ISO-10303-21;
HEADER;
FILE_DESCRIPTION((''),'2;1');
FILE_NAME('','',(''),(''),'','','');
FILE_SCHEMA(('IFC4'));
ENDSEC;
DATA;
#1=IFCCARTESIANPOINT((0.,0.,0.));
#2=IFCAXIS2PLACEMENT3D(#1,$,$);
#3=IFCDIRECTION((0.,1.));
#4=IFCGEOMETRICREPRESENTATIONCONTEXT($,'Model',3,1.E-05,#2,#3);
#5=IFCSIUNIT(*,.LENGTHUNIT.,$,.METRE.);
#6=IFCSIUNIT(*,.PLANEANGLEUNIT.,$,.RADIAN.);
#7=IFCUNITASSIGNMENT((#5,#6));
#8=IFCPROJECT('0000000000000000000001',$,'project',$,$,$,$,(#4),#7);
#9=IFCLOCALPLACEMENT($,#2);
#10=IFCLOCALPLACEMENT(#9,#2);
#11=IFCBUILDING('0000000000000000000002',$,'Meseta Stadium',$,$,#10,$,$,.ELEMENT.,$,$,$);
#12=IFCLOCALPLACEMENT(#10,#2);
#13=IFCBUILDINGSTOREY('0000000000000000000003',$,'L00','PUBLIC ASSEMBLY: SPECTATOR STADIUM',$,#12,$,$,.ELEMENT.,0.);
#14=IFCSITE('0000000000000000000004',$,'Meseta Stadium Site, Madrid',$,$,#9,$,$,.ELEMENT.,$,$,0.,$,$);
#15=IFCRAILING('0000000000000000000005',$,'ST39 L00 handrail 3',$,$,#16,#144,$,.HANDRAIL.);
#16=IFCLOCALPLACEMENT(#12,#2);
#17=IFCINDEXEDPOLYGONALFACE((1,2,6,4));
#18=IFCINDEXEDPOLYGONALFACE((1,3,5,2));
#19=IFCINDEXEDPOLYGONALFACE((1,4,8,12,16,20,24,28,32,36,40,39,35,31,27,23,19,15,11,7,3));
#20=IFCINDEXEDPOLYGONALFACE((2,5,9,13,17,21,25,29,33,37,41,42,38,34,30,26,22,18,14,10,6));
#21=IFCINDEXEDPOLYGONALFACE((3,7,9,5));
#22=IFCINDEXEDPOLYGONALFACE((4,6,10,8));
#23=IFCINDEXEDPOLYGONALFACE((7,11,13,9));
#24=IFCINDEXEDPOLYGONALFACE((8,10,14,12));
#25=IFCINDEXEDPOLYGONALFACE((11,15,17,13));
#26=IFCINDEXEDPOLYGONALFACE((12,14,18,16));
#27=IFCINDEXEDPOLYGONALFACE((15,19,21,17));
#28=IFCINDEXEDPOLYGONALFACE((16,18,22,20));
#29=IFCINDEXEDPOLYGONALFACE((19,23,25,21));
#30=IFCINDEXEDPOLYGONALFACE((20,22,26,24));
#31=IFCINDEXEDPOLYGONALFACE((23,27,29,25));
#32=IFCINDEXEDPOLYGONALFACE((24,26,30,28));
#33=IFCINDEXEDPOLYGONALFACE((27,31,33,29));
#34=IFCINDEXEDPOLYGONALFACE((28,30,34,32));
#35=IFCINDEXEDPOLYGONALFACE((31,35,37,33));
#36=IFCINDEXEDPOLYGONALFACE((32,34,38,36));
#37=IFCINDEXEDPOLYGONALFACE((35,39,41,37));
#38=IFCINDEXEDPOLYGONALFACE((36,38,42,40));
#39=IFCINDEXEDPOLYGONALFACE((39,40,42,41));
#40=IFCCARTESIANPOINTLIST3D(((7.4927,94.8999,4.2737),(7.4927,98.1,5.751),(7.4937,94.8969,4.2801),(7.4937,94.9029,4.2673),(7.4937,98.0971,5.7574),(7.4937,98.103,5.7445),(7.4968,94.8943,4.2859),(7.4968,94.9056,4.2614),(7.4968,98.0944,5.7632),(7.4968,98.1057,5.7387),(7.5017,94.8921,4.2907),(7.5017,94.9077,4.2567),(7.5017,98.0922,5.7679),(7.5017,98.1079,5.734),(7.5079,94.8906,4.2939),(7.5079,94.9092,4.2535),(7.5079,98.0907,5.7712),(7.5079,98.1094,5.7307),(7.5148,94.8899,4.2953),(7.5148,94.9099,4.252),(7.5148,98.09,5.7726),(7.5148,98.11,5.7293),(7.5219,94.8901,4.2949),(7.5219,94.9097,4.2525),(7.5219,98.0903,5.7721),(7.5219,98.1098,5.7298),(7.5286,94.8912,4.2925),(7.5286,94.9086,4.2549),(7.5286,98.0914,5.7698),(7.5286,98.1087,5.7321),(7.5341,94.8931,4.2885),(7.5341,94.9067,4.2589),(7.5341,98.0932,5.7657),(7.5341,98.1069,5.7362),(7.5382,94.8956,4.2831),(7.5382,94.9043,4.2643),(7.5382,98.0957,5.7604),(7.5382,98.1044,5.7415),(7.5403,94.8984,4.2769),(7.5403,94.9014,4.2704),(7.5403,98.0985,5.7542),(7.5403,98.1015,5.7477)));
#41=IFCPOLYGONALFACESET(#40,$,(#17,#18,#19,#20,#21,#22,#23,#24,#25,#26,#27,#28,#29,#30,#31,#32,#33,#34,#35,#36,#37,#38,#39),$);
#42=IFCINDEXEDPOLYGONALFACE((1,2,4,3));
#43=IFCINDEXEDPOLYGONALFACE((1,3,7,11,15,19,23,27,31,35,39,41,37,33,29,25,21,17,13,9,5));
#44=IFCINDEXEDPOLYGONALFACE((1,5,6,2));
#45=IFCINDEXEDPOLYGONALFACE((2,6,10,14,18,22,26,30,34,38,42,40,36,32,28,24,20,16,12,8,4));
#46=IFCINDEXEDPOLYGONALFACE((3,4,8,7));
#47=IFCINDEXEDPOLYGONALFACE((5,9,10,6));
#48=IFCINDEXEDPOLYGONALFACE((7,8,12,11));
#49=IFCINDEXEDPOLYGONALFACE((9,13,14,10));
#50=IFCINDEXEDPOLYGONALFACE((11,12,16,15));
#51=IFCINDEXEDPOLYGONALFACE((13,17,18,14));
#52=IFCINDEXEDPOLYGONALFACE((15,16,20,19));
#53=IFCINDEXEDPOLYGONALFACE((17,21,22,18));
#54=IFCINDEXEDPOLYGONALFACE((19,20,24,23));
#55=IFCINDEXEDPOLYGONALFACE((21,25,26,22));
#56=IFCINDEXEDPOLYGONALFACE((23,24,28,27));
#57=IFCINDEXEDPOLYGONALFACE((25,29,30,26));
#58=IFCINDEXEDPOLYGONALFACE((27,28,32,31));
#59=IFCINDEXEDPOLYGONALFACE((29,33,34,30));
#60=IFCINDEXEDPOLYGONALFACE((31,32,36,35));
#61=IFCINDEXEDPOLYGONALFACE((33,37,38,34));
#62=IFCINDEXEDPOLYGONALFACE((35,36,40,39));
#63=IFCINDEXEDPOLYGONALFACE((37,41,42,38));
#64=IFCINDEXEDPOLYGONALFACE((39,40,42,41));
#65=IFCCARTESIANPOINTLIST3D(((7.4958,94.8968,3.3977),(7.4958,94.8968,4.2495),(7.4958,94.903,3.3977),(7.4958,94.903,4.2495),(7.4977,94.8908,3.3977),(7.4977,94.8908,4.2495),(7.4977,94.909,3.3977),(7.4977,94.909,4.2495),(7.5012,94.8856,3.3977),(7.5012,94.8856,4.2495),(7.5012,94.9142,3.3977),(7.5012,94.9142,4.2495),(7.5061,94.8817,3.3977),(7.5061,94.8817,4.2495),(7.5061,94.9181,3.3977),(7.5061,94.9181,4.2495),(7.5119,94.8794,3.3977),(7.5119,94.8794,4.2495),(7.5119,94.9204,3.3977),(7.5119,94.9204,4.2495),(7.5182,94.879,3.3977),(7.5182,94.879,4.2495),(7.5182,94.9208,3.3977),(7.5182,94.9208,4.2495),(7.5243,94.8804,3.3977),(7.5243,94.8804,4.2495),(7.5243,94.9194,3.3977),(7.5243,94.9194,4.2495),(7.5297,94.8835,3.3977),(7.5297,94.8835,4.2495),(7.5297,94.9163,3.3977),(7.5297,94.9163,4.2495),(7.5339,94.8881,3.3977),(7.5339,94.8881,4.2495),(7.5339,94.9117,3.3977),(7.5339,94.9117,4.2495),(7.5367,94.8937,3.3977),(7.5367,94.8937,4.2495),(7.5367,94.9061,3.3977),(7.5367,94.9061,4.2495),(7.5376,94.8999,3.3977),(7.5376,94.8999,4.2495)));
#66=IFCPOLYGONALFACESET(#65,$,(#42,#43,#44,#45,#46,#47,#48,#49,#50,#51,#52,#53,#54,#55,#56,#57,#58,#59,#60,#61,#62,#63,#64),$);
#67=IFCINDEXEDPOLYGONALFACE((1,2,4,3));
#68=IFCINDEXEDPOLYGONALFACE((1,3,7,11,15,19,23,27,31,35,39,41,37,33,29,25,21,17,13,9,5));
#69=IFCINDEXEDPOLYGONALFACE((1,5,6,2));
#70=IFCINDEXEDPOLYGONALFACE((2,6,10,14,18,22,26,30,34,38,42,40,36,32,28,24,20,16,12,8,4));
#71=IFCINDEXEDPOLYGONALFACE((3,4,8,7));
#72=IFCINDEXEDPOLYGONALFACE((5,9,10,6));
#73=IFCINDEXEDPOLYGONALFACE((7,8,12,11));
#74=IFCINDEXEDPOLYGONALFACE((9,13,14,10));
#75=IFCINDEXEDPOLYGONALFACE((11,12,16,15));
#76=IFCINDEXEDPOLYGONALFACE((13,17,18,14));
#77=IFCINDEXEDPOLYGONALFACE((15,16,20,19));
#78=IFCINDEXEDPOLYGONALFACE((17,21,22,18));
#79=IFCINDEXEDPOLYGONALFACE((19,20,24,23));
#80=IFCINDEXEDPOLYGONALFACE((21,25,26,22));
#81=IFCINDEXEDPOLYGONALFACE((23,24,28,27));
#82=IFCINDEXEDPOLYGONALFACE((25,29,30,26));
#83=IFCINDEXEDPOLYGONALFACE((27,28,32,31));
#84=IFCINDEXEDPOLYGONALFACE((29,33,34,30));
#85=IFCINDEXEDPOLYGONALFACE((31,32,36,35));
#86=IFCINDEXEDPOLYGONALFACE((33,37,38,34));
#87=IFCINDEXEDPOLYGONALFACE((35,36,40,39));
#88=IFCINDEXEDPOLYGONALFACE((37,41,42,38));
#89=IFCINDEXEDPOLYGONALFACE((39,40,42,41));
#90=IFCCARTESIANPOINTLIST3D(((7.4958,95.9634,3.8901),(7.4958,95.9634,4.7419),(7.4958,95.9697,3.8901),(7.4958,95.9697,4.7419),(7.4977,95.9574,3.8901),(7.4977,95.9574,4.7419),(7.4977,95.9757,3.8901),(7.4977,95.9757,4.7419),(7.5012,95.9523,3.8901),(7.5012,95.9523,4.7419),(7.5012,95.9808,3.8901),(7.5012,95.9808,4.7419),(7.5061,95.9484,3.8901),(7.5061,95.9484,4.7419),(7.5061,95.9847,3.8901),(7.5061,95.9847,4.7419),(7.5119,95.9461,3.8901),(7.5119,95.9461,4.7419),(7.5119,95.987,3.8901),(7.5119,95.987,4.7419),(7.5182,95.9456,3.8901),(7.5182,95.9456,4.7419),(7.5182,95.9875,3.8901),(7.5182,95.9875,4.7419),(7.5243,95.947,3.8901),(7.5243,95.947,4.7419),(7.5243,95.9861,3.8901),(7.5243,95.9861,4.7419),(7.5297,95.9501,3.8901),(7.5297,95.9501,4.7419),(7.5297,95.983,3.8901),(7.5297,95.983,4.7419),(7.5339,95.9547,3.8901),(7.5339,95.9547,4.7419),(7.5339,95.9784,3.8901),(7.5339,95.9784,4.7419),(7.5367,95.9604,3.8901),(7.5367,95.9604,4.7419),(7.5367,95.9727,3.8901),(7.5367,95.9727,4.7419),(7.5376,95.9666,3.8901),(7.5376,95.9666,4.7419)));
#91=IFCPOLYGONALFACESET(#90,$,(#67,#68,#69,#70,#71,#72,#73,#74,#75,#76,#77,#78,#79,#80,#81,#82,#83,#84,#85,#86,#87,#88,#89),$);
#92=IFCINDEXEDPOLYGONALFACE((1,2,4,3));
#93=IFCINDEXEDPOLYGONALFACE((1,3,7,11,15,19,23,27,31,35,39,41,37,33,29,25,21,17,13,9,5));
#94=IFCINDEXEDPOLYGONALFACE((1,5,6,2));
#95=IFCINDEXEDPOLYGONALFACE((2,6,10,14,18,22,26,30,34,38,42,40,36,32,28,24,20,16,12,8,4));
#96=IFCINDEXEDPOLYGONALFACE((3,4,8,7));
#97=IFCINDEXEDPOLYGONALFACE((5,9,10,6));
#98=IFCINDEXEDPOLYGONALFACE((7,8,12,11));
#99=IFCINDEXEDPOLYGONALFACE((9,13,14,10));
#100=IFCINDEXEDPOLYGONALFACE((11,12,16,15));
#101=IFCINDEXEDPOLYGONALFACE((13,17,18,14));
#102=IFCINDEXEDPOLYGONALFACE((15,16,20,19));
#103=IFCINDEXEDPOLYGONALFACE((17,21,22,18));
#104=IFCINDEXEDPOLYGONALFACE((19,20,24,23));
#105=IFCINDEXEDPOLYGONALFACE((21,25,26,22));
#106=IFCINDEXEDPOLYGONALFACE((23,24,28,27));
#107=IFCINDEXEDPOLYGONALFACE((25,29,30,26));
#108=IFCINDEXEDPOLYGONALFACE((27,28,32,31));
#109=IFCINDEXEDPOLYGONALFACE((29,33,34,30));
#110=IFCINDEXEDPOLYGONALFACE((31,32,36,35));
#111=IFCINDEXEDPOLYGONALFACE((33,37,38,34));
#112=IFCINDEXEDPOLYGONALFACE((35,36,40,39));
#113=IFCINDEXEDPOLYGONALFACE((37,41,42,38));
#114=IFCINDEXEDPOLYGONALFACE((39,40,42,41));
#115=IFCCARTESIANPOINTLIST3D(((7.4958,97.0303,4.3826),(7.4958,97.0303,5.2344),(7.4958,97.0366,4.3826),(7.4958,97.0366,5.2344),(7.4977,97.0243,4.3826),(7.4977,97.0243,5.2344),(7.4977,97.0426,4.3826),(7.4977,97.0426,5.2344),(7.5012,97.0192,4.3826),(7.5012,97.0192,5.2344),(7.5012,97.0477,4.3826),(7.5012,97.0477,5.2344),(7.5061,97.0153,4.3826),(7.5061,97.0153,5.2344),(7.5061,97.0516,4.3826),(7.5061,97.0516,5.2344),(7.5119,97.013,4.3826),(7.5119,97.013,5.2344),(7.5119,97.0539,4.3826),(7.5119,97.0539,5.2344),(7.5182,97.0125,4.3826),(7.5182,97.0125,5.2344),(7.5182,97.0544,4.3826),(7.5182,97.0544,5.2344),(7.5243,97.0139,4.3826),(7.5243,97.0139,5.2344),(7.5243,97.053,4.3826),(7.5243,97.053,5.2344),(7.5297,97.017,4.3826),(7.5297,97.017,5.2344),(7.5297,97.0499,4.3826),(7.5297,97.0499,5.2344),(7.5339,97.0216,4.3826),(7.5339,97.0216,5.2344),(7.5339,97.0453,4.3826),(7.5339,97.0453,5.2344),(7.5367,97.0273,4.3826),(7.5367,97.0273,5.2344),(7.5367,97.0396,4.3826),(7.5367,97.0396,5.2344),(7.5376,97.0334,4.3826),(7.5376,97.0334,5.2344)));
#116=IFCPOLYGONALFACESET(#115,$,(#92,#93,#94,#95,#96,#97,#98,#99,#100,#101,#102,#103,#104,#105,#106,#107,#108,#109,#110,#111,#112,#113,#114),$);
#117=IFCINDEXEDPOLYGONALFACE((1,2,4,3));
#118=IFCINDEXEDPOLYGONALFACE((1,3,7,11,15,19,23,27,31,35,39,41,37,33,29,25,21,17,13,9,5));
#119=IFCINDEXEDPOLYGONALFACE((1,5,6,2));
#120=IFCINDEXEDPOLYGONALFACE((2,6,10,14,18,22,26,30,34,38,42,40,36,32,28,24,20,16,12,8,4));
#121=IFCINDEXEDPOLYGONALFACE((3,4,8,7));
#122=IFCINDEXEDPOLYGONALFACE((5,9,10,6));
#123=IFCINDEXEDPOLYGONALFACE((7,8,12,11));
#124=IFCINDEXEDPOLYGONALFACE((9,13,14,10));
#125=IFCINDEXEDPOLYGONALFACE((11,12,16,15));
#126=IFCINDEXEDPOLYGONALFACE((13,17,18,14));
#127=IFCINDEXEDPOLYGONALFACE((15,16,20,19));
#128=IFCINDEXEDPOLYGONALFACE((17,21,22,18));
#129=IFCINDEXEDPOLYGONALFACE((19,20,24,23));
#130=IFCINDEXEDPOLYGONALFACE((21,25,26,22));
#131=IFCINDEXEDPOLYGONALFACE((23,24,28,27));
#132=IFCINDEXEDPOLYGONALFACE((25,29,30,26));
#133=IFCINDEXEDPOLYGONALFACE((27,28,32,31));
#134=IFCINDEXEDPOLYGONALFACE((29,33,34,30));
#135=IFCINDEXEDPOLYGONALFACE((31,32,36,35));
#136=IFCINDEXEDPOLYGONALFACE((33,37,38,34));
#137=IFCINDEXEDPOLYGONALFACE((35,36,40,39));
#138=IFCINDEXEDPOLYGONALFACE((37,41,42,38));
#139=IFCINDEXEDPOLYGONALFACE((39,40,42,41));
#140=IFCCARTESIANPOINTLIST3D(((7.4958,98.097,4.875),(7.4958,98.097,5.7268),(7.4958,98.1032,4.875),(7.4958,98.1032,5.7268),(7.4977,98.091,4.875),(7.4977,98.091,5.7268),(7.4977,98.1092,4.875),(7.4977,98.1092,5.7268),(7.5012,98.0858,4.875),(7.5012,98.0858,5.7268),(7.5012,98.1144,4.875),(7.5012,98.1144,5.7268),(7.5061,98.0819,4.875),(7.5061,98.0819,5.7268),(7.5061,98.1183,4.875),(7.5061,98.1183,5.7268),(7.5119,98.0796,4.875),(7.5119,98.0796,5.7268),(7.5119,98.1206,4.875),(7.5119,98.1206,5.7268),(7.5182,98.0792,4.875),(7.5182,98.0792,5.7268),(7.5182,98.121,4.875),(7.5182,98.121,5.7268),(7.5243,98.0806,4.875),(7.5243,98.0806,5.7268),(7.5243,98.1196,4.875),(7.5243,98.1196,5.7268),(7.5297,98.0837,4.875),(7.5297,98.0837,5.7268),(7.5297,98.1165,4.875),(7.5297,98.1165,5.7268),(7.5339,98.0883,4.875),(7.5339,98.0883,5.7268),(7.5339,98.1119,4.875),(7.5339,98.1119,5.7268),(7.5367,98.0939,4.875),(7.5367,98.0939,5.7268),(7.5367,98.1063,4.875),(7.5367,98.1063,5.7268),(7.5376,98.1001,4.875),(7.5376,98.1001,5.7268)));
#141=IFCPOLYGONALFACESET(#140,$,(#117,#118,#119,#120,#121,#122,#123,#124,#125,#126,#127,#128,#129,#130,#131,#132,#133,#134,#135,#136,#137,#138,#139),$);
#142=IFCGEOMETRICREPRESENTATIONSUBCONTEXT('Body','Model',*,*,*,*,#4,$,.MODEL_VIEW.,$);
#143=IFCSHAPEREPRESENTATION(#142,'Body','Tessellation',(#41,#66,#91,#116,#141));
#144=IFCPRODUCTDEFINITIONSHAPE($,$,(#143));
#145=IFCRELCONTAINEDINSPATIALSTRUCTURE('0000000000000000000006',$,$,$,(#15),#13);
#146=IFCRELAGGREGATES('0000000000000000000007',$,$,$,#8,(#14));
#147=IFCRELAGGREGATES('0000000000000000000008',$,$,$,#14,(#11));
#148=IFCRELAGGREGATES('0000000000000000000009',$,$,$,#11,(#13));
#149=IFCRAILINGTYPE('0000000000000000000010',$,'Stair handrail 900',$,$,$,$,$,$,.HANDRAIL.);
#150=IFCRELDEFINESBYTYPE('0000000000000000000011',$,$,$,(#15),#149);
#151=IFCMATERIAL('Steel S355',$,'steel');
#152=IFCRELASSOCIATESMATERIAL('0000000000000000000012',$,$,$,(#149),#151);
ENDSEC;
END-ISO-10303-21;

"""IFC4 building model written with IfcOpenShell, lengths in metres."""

from ifc_helpers import new_model, si_unit, direction, frame, origin, origin_2d, place, context, subcontext, project, spatial, circle, extrude, material, type_object, element, save


model = new_model("IFC4")

# Units and contexts
model_context = context("Model", 3, precision=1e-05, world=origin(), true_north=direction((0.0, 1.0)))
body_context = subcontext(model_context, "Body", "Model", "MODEL_VIEW")
ifc_project = project(units=[si_unit("LENGTHUNIT", "METRE"), si_unit("PLANEANGLEUNIT", "RADIAN")], contexts=[model_context])

# Site, building, storey
site_placement = place(None, origin())
site = spatial("IfcSite", under=ifc_project, at=site_placement, Name="Meseta Stadium Site, Madrid", CompositionType="ELEMENT", RefElevation=0.0)
building_placement = place(site_placement, origin())
building = spatial("IfcBuilding", under=site, at=building_placement, Name="Meseta Stadium", CompositionType="ELEMENT")
storey_placement = place(building_placement, origin())
storey = spatial("IfcBuildingStorey", under=building, at=storey_placement, Name="L00", Description="PUBLIC ASSEMBLY: SPECTATOR STADIUM", CompositionType="ELEMENT", Elevation=0.0)

# Railing
ifc_material_1 = material(Name="Steel S355", Category="steel")
railing_type_1 = type_object("IfcRailingType", Name="Stair handrail 900", PredefinedType="HANDRAIL", material=ifc_material_1)
railing_1_placement = place(storey_placement, frame((7.5166, 94.8999, 3.3977)))
element("IfcRailing", 1, at=railing_1_placement, inside=storey, type_object=railing_type_1, Name="ST39 L00 handrail 3", PredefinedType="HANDRAIL", context=body_context, shape_type="SweptSolid", body=[
    extrude(circle(Radius=0.0239, at=origin_2d()), frame((0.0, 0.0, 0.876), z_axis=(0.0, 0.907929, 0.419124), x_axis=(-1.0, 0.0, 0.0)), (0.0, 0.0, 1.0), 3.5247),
    extrude(circle(Radius=0.021, at=origin_2d()), origin(), (0.0, 0.0, 1.0), 0.8518),
    extrude(circle(Radius=0.021, at=origin_2d()), frame((0.0, 1.0667, 0.4924)), (0.0, 0.0, 1.0), 0.8518),
    extrude(circle(Radius=0.021, at=origin_2d()), frame((0.0, 2.1335, 0.9849)), (0.0, 0.0, 1.0), 0.8518),
    extrude(circle(Radius=0.021, at=origin_2d()), frame((0.0, 3.2002, 1.4773)), (0.0, 0.0, 1.0), 0.8518),
])

save(model, "model.ifc")
